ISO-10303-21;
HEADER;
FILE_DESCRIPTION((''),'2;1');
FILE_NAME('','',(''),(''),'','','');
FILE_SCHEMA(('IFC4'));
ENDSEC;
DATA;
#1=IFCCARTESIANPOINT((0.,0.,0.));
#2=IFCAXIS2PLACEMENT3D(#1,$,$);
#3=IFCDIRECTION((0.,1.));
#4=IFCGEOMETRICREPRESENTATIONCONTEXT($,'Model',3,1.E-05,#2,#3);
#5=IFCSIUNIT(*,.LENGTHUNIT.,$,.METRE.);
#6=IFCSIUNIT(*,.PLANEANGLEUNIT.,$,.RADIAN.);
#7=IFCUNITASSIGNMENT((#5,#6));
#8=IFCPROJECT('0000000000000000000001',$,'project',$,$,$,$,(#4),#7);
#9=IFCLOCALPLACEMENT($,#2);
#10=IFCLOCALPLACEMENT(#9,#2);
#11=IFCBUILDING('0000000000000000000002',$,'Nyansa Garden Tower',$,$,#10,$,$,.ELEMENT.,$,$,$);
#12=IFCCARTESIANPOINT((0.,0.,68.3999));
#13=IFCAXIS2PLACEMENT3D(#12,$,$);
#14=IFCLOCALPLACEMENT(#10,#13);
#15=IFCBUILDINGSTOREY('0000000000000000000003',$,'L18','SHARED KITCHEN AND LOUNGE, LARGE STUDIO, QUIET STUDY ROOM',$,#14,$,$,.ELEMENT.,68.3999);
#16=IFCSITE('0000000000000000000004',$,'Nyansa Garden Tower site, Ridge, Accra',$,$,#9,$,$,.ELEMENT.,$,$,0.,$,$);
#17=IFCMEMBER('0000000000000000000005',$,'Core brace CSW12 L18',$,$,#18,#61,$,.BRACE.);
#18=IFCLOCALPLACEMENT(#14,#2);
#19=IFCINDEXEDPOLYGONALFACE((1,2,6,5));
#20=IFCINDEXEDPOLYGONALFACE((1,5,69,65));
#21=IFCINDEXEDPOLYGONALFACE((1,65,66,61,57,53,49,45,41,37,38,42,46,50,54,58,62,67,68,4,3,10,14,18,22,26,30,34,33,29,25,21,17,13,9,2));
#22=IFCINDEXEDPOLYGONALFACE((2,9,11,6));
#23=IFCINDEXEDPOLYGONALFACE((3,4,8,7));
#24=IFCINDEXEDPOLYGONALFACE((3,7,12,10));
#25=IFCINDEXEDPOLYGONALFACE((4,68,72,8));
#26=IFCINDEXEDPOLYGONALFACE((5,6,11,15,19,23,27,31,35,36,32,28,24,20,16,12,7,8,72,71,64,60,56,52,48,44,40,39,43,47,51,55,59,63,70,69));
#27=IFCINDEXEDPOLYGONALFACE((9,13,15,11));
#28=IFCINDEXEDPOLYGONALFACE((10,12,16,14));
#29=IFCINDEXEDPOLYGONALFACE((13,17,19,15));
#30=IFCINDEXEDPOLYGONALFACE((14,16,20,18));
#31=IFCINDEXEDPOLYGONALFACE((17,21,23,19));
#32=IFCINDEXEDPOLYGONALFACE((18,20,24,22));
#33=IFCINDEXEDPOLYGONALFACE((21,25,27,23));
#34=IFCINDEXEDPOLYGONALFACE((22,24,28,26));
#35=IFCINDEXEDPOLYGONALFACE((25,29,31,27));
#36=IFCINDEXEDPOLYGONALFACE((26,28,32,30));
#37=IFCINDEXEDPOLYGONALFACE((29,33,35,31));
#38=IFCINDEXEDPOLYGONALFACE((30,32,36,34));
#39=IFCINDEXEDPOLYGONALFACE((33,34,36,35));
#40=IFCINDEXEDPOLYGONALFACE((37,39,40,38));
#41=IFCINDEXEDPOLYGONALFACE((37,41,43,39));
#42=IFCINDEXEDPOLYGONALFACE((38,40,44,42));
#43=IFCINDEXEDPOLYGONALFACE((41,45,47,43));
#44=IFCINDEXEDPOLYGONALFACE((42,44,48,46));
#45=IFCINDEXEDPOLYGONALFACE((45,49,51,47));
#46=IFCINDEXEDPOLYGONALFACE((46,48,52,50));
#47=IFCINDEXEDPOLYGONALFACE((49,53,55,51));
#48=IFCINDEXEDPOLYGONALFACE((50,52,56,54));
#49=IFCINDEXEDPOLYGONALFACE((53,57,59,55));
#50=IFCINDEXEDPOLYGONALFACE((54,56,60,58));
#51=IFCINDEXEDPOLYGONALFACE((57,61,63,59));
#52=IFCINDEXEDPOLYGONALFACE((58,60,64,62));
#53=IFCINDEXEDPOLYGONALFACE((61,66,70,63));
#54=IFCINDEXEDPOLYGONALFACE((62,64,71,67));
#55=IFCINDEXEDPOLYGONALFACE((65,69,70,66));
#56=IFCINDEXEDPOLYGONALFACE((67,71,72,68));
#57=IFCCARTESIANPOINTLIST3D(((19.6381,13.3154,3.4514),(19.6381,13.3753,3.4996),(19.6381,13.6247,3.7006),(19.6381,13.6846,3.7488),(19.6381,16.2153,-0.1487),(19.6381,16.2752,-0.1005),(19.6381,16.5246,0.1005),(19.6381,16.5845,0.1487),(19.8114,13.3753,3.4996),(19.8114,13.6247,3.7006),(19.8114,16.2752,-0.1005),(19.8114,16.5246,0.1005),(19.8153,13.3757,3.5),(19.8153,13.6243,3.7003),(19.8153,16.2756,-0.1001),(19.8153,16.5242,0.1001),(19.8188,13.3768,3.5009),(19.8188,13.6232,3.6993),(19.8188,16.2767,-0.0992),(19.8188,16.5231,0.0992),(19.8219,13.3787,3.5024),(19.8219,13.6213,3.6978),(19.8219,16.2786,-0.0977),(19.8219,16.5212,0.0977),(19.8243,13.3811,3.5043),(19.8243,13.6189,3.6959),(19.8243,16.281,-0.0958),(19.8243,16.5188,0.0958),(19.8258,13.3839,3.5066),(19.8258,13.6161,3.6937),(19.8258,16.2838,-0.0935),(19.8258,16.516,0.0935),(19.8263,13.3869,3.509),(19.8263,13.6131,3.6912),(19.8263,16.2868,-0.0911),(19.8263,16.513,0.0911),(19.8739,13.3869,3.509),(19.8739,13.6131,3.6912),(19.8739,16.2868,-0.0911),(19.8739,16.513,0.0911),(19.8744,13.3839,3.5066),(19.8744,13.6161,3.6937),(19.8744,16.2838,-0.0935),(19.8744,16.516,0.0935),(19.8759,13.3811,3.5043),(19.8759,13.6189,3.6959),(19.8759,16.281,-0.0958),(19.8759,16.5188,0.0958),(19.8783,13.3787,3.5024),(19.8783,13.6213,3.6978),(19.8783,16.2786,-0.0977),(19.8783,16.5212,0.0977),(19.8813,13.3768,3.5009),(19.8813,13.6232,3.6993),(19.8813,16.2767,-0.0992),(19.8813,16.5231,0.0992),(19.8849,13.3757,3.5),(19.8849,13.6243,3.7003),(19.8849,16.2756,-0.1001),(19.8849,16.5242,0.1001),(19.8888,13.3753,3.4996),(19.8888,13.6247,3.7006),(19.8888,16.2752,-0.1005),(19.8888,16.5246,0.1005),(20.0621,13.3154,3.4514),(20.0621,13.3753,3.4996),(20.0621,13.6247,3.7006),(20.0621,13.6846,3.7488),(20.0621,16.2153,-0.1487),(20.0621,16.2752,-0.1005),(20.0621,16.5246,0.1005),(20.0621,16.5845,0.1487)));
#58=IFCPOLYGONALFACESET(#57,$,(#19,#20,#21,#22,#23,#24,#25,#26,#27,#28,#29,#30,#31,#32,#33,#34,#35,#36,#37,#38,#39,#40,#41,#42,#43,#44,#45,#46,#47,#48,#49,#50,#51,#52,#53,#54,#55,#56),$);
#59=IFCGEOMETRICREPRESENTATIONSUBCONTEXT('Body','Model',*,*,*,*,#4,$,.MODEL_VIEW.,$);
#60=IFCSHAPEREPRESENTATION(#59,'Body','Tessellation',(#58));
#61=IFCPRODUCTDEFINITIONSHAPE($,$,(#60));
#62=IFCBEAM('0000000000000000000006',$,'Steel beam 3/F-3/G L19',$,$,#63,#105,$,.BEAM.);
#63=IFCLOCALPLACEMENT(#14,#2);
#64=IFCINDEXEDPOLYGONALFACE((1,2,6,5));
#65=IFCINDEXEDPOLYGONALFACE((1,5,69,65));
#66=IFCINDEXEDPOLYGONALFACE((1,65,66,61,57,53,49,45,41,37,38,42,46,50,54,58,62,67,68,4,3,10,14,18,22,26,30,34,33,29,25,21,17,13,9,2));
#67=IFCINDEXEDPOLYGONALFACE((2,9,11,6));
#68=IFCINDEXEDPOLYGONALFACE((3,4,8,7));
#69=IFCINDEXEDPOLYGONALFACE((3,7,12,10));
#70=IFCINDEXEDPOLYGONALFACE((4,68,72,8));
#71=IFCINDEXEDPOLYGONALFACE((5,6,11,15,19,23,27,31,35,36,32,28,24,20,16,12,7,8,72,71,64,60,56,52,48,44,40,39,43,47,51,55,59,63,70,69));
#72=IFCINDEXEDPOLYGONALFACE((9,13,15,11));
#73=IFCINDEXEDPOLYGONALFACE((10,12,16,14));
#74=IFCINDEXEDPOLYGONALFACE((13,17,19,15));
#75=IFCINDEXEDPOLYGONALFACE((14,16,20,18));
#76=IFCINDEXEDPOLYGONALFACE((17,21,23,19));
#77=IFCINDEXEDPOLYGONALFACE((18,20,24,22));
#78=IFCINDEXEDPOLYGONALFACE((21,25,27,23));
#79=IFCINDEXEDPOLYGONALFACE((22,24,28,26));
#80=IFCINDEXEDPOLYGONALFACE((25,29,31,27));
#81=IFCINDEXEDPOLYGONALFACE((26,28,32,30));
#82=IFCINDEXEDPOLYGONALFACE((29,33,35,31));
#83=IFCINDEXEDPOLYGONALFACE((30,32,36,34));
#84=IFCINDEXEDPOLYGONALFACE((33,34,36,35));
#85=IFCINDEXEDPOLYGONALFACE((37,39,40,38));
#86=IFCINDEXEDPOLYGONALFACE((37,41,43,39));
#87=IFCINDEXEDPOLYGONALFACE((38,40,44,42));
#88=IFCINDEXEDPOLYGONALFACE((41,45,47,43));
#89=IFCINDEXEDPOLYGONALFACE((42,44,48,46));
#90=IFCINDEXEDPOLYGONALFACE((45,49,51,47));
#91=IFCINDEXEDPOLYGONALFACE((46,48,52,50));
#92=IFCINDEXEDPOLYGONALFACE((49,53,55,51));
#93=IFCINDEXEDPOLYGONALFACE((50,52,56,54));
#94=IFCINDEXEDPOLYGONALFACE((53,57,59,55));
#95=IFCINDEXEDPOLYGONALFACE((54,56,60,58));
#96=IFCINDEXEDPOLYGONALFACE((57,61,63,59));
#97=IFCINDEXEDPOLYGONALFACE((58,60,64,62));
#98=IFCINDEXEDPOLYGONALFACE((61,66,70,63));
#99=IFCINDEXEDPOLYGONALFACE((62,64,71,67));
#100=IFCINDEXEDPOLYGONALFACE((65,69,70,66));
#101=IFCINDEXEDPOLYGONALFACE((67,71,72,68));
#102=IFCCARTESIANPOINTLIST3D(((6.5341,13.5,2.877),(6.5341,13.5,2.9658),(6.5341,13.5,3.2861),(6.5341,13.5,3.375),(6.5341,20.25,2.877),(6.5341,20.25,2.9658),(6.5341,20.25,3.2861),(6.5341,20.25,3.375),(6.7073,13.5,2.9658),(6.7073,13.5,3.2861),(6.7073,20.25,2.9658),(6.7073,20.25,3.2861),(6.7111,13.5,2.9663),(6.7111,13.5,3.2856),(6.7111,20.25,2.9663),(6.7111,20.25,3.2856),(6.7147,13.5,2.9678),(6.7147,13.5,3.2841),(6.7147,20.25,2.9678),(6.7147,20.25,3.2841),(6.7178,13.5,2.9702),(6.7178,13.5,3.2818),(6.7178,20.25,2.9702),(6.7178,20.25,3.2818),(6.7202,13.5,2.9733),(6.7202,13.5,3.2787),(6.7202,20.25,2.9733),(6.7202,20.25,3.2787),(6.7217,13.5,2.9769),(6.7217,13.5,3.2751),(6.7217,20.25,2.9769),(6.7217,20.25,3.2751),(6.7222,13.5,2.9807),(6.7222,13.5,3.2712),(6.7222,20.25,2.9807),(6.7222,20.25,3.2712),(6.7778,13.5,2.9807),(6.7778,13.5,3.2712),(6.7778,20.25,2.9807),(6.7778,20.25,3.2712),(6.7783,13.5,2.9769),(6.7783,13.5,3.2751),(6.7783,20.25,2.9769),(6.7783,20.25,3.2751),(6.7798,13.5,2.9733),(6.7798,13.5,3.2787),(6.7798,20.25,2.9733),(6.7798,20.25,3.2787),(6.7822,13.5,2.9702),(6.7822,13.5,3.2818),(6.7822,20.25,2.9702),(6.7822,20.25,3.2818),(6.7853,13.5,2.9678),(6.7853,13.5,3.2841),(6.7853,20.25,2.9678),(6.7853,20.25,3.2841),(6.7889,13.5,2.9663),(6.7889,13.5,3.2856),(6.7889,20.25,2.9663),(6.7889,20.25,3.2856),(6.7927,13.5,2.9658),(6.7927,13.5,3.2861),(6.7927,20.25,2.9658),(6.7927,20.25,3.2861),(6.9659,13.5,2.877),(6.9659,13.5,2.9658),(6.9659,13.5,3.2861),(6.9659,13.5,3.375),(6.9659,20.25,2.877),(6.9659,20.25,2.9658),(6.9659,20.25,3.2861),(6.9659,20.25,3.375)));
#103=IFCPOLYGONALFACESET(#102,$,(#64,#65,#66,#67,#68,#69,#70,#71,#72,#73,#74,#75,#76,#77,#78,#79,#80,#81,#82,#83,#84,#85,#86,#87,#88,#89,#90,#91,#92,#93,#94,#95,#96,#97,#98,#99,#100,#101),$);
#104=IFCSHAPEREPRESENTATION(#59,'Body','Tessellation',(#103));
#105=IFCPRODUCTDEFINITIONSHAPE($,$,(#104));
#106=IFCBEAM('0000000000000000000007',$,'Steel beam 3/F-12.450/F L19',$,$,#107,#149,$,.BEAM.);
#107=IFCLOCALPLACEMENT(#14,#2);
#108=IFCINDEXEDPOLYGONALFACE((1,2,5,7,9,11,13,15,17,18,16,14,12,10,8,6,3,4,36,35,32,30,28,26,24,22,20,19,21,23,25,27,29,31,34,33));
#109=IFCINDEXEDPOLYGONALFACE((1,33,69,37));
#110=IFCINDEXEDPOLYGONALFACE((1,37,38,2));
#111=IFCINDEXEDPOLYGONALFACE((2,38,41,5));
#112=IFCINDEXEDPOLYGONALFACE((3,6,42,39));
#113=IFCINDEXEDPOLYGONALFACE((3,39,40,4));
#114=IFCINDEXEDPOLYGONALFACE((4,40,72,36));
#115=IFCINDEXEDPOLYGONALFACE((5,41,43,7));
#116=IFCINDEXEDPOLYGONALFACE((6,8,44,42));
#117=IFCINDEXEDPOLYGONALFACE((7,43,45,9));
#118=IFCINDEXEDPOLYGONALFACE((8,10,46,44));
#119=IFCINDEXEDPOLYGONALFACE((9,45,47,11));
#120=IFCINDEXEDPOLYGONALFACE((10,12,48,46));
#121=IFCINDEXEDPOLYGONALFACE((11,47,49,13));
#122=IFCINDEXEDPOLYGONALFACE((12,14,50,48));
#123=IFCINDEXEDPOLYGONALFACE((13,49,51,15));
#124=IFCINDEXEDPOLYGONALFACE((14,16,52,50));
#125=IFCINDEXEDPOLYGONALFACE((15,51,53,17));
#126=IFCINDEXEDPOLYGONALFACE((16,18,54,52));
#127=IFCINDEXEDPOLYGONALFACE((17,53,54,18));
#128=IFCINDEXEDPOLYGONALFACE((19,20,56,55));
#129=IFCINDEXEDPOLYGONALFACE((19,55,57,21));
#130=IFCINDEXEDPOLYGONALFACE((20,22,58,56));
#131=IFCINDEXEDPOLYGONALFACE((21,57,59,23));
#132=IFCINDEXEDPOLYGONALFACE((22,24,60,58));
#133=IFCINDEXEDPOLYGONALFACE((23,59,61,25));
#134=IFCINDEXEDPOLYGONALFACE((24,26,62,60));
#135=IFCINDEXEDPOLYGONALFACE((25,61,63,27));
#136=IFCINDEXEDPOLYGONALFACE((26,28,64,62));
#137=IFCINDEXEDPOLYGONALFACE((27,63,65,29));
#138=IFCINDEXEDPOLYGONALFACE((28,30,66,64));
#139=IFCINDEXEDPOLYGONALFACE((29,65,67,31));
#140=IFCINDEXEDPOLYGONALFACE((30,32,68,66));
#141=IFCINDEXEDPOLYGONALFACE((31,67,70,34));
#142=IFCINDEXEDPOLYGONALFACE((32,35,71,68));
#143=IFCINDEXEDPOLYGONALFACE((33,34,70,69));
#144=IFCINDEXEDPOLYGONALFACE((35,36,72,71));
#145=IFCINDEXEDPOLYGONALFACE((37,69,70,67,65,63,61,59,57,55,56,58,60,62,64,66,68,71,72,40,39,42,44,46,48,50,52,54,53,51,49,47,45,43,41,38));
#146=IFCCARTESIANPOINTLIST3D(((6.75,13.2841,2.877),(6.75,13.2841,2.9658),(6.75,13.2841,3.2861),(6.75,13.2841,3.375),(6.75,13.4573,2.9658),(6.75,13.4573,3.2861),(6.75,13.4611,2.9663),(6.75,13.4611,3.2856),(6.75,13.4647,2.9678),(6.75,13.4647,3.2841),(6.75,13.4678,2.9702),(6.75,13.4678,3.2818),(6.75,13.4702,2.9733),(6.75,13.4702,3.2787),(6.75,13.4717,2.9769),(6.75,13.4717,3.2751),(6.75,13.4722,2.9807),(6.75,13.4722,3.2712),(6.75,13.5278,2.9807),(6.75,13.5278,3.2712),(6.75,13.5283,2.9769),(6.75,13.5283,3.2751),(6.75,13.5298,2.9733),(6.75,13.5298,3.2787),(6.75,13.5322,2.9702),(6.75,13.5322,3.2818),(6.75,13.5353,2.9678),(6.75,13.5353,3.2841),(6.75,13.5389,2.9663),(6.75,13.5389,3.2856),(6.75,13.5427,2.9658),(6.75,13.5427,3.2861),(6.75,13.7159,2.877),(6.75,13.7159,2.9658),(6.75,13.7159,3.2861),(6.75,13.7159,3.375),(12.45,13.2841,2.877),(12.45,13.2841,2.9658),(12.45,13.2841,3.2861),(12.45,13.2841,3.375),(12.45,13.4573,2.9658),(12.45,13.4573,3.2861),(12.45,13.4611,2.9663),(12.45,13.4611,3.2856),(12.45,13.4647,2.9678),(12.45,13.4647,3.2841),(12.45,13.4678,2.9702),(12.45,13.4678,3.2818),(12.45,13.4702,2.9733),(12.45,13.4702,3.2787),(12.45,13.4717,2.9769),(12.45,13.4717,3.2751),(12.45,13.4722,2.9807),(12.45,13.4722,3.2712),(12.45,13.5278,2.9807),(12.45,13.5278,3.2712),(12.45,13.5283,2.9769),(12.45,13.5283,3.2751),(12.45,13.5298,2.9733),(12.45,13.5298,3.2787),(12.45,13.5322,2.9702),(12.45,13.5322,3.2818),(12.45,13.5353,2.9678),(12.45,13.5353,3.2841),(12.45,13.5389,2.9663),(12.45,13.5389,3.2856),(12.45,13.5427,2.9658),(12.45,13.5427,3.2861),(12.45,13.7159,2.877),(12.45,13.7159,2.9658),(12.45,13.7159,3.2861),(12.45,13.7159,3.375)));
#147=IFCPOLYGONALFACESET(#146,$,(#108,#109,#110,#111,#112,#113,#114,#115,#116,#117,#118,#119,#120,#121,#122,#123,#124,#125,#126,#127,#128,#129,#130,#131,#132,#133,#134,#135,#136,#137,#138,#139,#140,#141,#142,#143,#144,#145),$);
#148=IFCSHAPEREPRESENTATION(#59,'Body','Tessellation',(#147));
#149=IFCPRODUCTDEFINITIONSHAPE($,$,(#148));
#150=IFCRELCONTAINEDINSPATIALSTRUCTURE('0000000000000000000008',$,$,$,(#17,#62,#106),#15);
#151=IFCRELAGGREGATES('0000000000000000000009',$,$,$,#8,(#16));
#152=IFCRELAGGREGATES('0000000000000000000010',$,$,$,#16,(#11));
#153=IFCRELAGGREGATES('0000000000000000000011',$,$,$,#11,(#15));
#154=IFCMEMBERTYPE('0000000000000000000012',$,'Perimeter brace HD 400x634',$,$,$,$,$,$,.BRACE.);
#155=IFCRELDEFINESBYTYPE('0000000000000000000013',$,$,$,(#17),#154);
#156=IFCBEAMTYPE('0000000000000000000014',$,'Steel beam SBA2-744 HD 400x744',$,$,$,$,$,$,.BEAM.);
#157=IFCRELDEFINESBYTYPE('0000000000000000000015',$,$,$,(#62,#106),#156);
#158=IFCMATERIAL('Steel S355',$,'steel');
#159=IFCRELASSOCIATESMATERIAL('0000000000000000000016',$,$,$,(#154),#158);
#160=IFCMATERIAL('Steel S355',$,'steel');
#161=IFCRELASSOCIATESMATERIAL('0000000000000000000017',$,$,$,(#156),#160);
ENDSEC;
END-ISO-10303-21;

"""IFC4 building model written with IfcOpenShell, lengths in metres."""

from ifc_helpers import new_model, si_unit, direction, frame, origin, origin_2d, place, context, subcontext, project, spatial, i_section, extrude, material, material_profile, profile_set, type_object, element, save


model = new_model("IFC4")

# Units and contexts
model_context = context("Model", 3, precision=1e-05, world=origin(), true_north=direction((0.0, 1.0)))
body_context = subcontext(model_context, "Body", "Model", "MODEL_VIEW")
ifc_project = project(units=[si_unit("LENGTHUNIT", "METRE"), si_unit("PLANEANGLEUNIT", "RADIAN")], contexts=[model_context])

# Site, building, storey
site_placement = place(None, origin())
site = spatial("IfcSite", under=ifc_project, at=site_placement, Name="Nyansa Garden Tower site, Ridge, Accra", CompositionType="ELEMENT", RefElevation=0.0)
building_placement = place(site_placement, origin())
building = spatial("IfcBuilding", under=site, at=building_placement, Name="Nyansa Garden Tower", CompositionType="ELEMENT")
storey_placement = place(building_placement, frame((0.0, 0.0, 68.3999)))
storey = spatial("IfcBuildingStorey", under=building, at=storey_placement, Name="L18", Description="SHARED KITCHEN AND LOUNGE, LARGE STUDIO, QUIET STUDY ROOM", CompositionType="ELEMENT", Elevation=68.3999)

# Member
ifc_material_1 = material(Name="Steel S355", Category="steel")
ifc_material_profile_1 = material_profile(ifc_material_1, i_section(OverallWidth=0.4241, OverallDepth=0.4741, WebThickness=0.0476, FlangeThickness=0.0769, FilletRadius=0.0149, at=origin_2d()), Name="HD 400x634")
ifc_profile_set_1 = profile_set([ifc_material_profile_1], Name="Steel S355")
member_type = type_object("IfcMemberType", Name="Perimeter brace HD 400x634", PredefinedType="BRACE", material=ifc_profile_set_1)
for number, where, z_axis, x_axis, name in (
    (1, (19.8501, 16.3999, 0.0), (0.0, -0.627306, 0.778773), (1.0, 0.0, 0.0), "Core brace CSW12 L18"),
):
    element("IfcMember", number, at=place(storey_placement, frame(where, z_axis=z_axis, x_axis=x_axis)), inside=storey, type_object=member_type, Name=name, PredefinedType="BRACE", context=body_context, shape_type="SweptSolid", body=[
        extrude(i_section(OverallWidth=0.4241, OverallDepth=0.4741, WebThickness=0.0476, FlangeThickness=0.0769, FilletRadius=0.0149, at=origin_2d()), origin(), (0.0, 0.0, 1.0), 4.6228),
    ])

# Beams
ifc_material_2 = material(Name="Steel S355", Category="steel")
ifc_material_profile_2 = material_profile(ifc_material_2, i_section(OverallWidth=0.4319, OverallDepth=0.498, WebThickness=0.0557, FlangeThickness=0.0889, FilletRadius=0.0149, at=origin_2d()), Name="HD 400x744")
ifc_profile_set_2 = profile_set([ifc_material_profile_2], Name="Steel S355")
beam_type = type_object("IfcBeamType", Name="Steel beam SBA2-744 HD 400x744", PredefinedType="BEAM", material=ifc_profile_set_2)
beam_1_placement = place(storey_placement, frame((6.75, 13.5, 3.126), z_axis=(0.0, 1.0, 0.0), x_axis=(-1.0, 0.0, 0.0)))
element("IfcBeam", 2, at=beam_1_placement, inside=storey, type_object=beam_type, Name="Steel beam 3/F-3/G L19", PredefinedType="BEAM", context=body_context, shape_type="SweptSolid", body=[
    extrude(i_section(OverallWidth=0.4319, OverallDepth=0.498, WebThickness=0.0557, FlangeThickness=0.0889, FilletRadius=0.0149, at=origin_2d()), origin(), (0.0, 0.0, 1.0), 6.75),
])
beam_2_placement = place(storey_placement, frame((6.75, 13.5, 3.126), z_axis=(1.0, 0.0, 0.0), x_axis=(0.0, 1.0, 0.0)))
element("IfcBeam", 3, at=beam_2_placement, inside=storey, type_object=beam_type, Name="Steel beam 3/F-12.450/F L19", PredefinedType="BEAM", context=body_context, shape_type="SweptSolid", body=[
    extrude(i_section(OverallWidth=0.4319, OverallDepth=0.498, WebThickness=0.0557, FlangeThickness=0.0889, FilletRadius=0.0149, at=origin_2d()), origin(), (0.0, 0.0, 1.0), 5.7),
])

save(model, "model.ifc")
